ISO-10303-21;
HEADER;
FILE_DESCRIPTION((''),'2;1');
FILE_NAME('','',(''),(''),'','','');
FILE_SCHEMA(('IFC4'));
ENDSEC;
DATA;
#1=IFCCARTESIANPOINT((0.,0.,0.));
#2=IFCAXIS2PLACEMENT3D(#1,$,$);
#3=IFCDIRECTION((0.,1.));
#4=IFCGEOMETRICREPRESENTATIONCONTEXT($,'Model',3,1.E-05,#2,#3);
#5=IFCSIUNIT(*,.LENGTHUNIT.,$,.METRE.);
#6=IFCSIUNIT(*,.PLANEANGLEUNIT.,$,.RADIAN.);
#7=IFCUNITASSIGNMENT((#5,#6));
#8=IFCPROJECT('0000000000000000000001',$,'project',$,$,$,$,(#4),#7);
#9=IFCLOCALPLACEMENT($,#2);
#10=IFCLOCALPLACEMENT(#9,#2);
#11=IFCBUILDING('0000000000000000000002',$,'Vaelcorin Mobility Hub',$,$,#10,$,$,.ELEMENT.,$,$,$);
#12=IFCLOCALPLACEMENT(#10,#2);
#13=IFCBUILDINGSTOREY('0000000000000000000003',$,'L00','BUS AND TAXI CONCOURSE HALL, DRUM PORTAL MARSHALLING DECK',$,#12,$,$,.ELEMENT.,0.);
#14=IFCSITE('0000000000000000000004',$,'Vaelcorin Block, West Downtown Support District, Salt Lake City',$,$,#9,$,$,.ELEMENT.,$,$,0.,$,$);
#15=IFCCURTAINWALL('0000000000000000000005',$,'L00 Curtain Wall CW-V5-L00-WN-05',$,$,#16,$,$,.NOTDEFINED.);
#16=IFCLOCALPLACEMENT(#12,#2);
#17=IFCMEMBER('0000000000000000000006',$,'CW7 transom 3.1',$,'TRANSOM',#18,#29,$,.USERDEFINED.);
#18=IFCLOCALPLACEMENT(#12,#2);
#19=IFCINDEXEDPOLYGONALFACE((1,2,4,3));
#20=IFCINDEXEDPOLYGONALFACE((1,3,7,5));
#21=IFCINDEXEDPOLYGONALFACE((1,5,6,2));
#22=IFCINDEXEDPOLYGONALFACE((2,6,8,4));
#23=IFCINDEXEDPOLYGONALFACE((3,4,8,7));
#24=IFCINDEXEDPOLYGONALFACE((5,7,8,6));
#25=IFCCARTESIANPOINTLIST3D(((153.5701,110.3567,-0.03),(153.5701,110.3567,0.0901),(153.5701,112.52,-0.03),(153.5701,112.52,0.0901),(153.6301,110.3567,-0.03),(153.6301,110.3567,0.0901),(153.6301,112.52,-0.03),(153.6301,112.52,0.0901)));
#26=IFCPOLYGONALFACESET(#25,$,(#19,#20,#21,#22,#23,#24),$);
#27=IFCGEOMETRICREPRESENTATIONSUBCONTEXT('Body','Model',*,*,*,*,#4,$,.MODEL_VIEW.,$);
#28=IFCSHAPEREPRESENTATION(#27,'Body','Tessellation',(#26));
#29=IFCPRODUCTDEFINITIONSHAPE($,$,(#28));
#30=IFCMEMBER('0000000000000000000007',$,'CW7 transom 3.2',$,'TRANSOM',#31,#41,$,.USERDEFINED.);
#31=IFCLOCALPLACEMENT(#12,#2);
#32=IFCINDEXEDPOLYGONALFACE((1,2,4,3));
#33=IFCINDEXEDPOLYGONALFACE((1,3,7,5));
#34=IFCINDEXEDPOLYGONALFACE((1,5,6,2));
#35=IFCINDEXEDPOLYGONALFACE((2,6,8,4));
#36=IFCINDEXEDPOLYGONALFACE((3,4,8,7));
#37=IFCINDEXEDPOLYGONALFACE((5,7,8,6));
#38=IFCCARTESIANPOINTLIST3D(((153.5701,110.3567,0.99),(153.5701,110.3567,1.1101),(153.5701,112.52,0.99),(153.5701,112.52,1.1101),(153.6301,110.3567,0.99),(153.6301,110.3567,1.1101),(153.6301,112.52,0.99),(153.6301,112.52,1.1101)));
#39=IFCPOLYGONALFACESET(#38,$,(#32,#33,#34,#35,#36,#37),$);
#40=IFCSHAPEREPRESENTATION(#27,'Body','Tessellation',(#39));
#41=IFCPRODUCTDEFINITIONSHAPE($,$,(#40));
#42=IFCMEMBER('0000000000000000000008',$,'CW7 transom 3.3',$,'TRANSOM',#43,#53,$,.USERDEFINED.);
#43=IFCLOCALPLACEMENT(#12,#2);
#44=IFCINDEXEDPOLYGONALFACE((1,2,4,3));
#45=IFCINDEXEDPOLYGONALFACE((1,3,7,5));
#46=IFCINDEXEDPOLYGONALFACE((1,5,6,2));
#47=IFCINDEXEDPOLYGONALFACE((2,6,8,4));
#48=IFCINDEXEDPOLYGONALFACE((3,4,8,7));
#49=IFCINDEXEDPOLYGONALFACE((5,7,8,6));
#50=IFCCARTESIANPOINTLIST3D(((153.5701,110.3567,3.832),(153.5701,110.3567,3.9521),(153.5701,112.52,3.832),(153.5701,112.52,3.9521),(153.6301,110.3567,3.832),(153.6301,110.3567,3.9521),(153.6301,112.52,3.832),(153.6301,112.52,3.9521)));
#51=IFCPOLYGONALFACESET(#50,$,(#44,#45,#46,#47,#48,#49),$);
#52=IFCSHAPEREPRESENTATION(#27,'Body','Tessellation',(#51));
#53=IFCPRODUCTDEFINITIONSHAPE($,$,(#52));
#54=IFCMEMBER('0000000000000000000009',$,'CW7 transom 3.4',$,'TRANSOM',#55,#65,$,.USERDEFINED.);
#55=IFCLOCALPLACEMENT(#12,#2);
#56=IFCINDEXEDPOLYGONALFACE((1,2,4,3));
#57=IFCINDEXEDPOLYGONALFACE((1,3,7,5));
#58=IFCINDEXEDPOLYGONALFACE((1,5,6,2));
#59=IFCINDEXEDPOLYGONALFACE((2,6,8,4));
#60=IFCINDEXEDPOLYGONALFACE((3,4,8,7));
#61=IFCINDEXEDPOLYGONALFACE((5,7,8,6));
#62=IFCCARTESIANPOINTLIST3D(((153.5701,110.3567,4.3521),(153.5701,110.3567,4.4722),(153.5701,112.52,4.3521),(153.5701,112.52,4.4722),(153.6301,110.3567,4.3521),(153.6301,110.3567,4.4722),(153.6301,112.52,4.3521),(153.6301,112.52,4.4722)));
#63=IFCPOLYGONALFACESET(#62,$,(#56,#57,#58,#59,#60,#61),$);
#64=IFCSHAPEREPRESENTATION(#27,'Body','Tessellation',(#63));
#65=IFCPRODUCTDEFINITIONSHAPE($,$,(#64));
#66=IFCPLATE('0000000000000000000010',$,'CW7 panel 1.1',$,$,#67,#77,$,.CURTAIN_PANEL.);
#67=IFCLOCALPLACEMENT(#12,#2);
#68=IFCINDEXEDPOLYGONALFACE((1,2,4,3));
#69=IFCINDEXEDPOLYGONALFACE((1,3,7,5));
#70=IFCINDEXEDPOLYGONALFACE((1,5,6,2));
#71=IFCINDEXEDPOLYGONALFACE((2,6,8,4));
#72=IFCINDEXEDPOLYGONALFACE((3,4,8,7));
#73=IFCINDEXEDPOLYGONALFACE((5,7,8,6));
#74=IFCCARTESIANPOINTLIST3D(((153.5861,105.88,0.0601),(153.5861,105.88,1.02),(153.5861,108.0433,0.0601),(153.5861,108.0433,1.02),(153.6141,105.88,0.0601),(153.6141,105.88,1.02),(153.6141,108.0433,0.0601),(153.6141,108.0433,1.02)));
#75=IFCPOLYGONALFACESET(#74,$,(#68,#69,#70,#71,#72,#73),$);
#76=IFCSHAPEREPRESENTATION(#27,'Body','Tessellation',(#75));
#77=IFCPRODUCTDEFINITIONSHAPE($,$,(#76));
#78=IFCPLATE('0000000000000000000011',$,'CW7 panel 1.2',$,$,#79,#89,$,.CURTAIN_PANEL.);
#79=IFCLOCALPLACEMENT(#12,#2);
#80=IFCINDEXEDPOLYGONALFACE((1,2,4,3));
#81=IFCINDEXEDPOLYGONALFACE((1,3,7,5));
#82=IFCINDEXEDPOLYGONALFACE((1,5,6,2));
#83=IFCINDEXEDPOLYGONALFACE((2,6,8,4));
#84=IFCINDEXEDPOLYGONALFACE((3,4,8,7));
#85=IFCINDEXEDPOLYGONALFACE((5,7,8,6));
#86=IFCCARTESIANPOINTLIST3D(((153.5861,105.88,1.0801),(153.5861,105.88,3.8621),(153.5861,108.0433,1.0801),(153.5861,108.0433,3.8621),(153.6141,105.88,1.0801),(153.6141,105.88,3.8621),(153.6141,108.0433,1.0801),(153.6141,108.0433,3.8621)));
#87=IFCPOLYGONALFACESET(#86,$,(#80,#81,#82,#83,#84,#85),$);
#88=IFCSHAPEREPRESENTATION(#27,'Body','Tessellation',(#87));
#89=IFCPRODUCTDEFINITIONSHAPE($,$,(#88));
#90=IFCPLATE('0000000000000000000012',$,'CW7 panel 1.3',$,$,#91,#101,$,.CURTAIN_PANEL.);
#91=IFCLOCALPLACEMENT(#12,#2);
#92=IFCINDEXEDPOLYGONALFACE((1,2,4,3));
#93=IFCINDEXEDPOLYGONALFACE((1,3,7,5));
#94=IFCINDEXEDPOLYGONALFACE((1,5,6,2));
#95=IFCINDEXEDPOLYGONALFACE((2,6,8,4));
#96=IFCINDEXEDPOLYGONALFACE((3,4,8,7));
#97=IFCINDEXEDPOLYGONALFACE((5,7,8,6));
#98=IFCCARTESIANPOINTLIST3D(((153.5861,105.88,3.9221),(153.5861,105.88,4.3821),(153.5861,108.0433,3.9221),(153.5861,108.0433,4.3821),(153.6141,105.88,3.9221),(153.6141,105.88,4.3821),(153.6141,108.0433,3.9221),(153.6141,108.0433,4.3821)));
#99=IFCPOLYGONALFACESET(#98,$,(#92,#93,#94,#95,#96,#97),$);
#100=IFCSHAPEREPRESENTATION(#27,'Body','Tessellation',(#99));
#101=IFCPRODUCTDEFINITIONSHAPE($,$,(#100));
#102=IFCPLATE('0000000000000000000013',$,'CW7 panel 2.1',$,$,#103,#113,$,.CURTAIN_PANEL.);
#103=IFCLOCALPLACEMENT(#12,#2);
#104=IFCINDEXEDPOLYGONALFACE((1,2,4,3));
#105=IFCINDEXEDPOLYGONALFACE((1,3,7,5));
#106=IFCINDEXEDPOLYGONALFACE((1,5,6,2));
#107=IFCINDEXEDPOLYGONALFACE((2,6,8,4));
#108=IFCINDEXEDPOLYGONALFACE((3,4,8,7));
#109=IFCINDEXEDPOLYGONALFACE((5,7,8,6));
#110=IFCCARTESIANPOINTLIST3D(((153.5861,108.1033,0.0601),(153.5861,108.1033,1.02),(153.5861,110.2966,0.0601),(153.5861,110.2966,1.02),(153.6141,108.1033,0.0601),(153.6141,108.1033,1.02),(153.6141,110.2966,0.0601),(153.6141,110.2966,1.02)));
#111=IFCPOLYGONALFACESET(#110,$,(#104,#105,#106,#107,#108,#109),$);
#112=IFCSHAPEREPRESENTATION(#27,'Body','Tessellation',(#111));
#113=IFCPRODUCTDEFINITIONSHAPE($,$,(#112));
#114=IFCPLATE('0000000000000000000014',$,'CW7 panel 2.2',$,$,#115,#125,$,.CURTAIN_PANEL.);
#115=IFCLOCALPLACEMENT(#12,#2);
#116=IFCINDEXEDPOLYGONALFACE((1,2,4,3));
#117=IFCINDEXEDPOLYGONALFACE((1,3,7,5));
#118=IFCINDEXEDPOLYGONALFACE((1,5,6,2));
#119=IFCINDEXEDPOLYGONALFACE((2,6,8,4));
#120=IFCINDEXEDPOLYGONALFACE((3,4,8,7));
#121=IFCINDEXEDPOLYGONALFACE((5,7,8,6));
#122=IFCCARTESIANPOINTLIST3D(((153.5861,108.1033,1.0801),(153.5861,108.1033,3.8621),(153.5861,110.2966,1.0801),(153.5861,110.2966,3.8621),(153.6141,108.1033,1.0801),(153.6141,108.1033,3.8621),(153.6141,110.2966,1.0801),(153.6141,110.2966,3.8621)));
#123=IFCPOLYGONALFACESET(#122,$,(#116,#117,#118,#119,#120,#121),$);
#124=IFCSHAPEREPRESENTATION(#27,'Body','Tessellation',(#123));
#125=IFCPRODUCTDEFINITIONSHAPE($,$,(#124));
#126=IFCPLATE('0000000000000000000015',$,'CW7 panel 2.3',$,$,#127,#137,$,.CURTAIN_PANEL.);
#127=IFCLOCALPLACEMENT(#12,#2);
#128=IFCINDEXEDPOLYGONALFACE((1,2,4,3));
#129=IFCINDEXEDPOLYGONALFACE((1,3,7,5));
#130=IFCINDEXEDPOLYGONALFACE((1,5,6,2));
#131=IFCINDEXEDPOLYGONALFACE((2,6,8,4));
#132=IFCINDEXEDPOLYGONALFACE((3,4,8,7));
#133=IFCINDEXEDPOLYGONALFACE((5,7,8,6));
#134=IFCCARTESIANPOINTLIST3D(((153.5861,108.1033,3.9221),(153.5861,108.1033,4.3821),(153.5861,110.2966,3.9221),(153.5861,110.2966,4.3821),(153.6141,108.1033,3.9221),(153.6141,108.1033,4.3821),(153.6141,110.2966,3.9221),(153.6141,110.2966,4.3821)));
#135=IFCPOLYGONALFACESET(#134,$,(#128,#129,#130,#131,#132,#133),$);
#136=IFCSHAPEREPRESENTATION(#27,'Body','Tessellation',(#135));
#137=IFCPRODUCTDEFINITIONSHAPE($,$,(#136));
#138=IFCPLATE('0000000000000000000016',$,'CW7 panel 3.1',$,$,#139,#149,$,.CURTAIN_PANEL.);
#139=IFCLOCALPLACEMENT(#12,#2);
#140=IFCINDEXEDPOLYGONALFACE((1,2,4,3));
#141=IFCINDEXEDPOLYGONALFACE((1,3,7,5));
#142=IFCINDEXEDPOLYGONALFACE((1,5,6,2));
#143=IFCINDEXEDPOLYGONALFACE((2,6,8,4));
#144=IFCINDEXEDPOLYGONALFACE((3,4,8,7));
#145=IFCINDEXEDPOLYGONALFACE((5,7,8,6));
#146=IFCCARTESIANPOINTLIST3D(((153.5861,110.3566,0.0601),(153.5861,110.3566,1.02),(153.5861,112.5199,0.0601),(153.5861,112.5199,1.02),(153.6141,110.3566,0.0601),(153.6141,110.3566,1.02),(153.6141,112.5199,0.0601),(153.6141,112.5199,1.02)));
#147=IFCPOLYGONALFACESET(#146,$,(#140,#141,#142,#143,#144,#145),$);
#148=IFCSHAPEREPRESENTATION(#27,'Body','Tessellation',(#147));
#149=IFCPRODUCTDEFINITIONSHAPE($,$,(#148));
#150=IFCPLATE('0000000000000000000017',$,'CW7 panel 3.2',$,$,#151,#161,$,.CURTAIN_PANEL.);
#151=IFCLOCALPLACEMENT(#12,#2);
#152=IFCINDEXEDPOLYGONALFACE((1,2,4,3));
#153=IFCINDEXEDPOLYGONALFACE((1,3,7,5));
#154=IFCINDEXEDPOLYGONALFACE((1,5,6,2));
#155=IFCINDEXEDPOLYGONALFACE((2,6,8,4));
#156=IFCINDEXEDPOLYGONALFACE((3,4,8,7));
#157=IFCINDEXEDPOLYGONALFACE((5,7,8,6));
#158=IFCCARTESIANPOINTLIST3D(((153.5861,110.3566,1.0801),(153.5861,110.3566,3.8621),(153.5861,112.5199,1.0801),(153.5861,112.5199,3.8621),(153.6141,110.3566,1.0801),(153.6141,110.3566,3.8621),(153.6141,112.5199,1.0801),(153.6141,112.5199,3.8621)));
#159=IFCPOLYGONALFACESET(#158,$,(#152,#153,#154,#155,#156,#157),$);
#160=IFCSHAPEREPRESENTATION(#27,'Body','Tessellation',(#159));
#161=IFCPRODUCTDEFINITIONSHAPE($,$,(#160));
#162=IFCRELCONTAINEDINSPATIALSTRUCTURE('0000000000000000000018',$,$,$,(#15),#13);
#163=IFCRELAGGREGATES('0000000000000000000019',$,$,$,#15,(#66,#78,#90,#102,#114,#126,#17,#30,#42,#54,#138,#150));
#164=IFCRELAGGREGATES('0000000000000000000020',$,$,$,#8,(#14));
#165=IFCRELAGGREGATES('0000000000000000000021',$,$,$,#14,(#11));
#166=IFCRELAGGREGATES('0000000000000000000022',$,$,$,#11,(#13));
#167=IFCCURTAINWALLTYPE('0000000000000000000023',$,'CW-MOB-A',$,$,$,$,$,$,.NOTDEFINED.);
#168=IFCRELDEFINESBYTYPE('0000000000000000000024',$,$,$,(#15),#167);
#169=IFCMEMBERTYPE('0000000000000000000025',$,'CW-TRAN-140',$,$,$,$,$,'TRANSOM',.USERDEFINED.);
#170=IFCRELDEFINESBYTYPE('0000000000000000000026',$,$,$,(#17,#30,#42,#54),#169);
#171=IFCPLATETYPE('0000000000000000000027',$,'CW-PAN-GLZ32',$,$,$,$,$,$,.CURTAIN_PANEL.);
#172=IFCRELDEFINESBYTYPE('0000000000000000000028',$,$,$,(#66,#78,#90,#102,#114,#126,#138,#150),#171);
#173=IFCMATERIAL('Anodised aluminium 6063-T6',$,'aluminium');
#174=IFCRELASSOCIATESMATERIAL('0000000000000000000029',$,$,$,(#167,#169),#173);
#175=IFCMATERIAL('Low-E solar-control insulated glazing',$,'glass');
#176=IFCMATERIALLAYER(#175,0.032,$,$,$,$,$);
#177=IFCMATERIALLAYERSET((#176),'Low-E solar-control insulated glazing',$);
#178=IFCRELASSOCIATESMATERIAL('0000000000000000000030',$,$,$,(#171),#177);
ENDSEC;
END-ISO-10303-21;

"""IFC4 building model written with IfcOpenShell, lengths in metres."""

from ifc_helpers import new_model, si_unit, direction, frame, origin, origin_2d, place, context, subcontext, project, spatial, rectangle, extrude, material, layer, layer_set, material_profile, profile_set, type_object, element, aggregate, save


model = new_model("IFC4")

# Units and contexts
model_context = context("Model", 3, precision=1e-05, world=origin(), true_north=direction((0.0, 1.0)))
body_context = subcontext(model_context, "Body", "Model", "MODEL_VIEW")
ifc_project = project(units=[si_unit("LENGTHUNIT", "METRE"), si_unit("PLANEANGLEUNIT", "RADIAN")], contexts=[model_context])

# Site, building, storey
site_placement = place(None, origin())
site = spatial("IfcSite", under=ifc_project, at=site_placement, Name="Vaelcorin Block, West Downtown Support District, Salt Lake City", CompositionType="ELEMENT", RefElevation=0.0)
building_placement = place(site_placement, origin())
building = spatial("IfcBuilding", under=site, at=building_placement, Name="Vaelcorin Mobility Hub", CompositionType="ELEMENT")
storey_placement = place(building_placement, origin())
storey = spatial("IfcBuildingStorey", under=building, at=storey_placement, Name="L00", Description="BUS AND TAXI CONCOURSE HALL, DRUM PORTAL MARSHALLING DECK", CompositionType="ELEMENT", Elevation=0.0)

# Curtain wall, members, plates
ifc_material_1 = material(Name="Anodised aluminium 6063-T6", Category="aluminium")
curtain_wall_type = type_object("IfcCurtainWallType", Name="CW-MOB-A", PredefinedType="NOTDEFINED", material=ifc_material_1)
curtain_wall_placement = place(storey_placement, origin())
curtain_wall = element("IfcCurtainWall", 1, at=curtain_wall_placement, inside=storey, type_object=curtain_wall_type, Name="L00 Curtain Wall CW-V5-L00-WN-05", PredefinedType="NOTDEFINED")
ifc_material_profile_1 = material_profile(ifc_material_1, rectangle(XDim=0.0601, YDim=0.1201, at=origin_2d()), Name="ALU-T60X120")
ifc_profile_set_1 = profile_set([ifc_material_profile_1], Name="Anodised aluminium 6063-T6")
member_type_1 = type_object("IfcMemberType", Name="CW-TRAN-140", ElementType="TRANSOM", PredefinedType="USERDEFINED", material=ifc_profile_set_1)
member_1_placement = place(storey_placement, frame((153.6001, 110.3567, 0.03), z_axis=(0.0, 1.0, 0.0), x_axis=(-1.0, 0.0, 0.0)))
member_1 = element("IfcMember", 2, at=member_1_placement, type_object=member_type_1, Name="CW7 transom 3.1", ObjectType="TRANSOM", PredefinedType="USERDEFINED", context=body_context, shape_type="SweptSolid", body=[
    extrude(rectangle(XDim=0.0601, YDim=0.1201, at=origin_2d()), origin(), (0.0, 0.0, 1.0), 2.1633),
])
member_2_placement = place(storey_placement, frame((153.6001, 110.3567, 1.05), z_axis=(0.0, 1.0, 0.0), x_axis=(-1.0, 0.0, 0.0)))
member_2 = element("IfcMember", 3, at=member_2_placement, type_object=member_type_1, Name="CW7 transom 3.2", ObjectType="TRANSOM", PredefinedType="USERDEFINED", context=body_context, shape_type="SweptSolid", body=[
    extrude(rectangle(XDim=0.0601, YDim=0.1201, at=origin_2d()), origin(), (0.0, 0.0, 1.0), 2.1633),
])
member_3_placement = place(storey_placement, frame((153.6001, 110.3567, 3.8921), z_axis=(0.0, 1.0, 0.0), x_axis=(-1.0, 0.0, 0.0)))
member_3 = element("IfcMember", 4, at=member_3_placement, type_object=member_type_1, Name="CW7 transom 3.3", ObjectType="TRANSOM", PredefinedType="USERDEFINED", context=body_context, shape_type="SweptSolid", body=[
    extrude(rectangle(XDim=0.0601, YDim=0.1201, at=origin_2d()), origin(), (0.0, 0.0, 1.0), 2.1633),
])
member_4_placement = place(storey_placement, frame((153.6001, 110.3567, 4.4121), z_axis=(0.0, 1.0, 0.0), x_axis=(-1.0, 0.0, 0.0)))
member_4 = element("IfcMember", 5, at=member_4_placement, type_object=member_type_1, Name="CW7 transom 3.4", ObjectType="TRANSOM", PredefinedType="USERDEFINED", context=body_context, shape_type="SweptSolid", body=[
    extrude(rectangle(XDim=0.0601, YDim=0.1201, at=origin_2d()), origin(), (0.0, 0.0, 1.0), 2.1633),
])
ifc_material_2 = material(Name="Low-E solar-control insulated glazing", Category="glass")
ifc_layer = layer(ifc_material_2, 0.032)
ifc_layer_set = layer_set([ifc_layer], Name="Low-E solar-control insulated glazing")
plate_type = type_object("IfcPlateType", Name="CW-PAN-GLZ32", PredefinedType="CURTAIN_PANEL", material=ifc_layer_set)
plate_1_placement = place(storey_placement, frame((153.6001, 106.9617, 0.0601), z_axis=(0.0, 0.0, 1.0), x_axis=(0.0, 1.0, 0.0)))
plate_1 = element("IfcPlate", 6, at=plate_1_placement, type_object=plate_type, Name="CW7 panel 1.1", PredefinedType="CURTAIN_PANEL", context=body_context, shape_type="SweptSolid", body=[
    extrude(rectangle(XDim=2.1633, YDim=0.0281, at=origin_2d()), origin(), (0.0, 0.0, 1.0), 0.96),
])
plate_2_placement = place(storey_placement, frame((153.6001, 106.9617, 1.0801), z_axis=(0.0, 0.0, 1.0), x_axis=(0.0, 1.0, 0.0)))
plate_2 = element("IfcPlate", 7, at=plate_2_placement, type_object=plate_type, Name="CW7 panel 1.2", PredefinedType="CURTAIN_PANEL", context=body_context, shape_type="SweptSolid", body=[
    extrude(rectangle(XDim=2.1633, YDim=0.0281, at=origin_2d()), origin(), (0.0, 0.0, 1.0), 2.782),
])
plate_3_placement = place(storey_placement, frame((153.6001, 106.9617, 3.9221), z_axis=(0.0, 0.0, 1.0), x_axis=(0.0, 1.0, 0.0)))
plate_3 = element("IfcPlate", 8, at=plate_3_placement, type_object=plate_type, Name="CW7 panel 1.3", PredefinedType="CURTAIN_PANEL", context=body_context, shape_type="SweptSolid", body=[
    extrude(rectangle(XDim=2.1633, YDim=0.0281, at=origin_2d()), origin(), (0.0, 0.0, 1.0), 0.46),
])
plate_4_placement = place(storey_placement, frame((153.6001, 109.2, 0.0601), z_axis=(0.0, 0.0, 1.0), x_axis=(0.0, 1.0, 0.0)))
plate_4 = element("IfcPlate", 9, at=plate_4_placement, type_object=plate_type, Name="CW7 panel 2.1", PredefinedType="CURTAIN_PANEL", context=body_context, shape_type="SweptSolid", body=[
    extrude(rectangle(XDim=2.1934, YDim=0.0281, at=origin_2d()), origin(), (0.0, 0.0, 1.0), 0.96),
])
plate_5_placement = place(storey_placement, frame((153.6001, 109.2, 1.0801), z_axis=(0.0, 0.0, 1.0), x_axis=(0.0, 1.0, 0.0)))
plate_5 = element("IfcPlate", 10, at=plate_5_placement, type_object=plate_type, Name="CW7 panel 2.2", PredefinedType="CURTAIN_PANEL", context=body_context, shape_type="SweptSolid", body=[
    extrude(rectangle(XDim=2.1934, YDim=0.0281, at=origin_2d()), origin(), (0.0, 0.0, 1.0), 2.782),
])
plate_6_placement = place(storey_placement, frame((153.6001, 109.2, 3.9221), z_axis=(0.0, 0.0, 1.0), x_axis=(0.0, 1.0, 0.0)))
plate_6 = element("IfcPlate", 11, at=plate_6_placement, type_object=plate_type, Name="CW7 panel 2.3", PredefinedType="CURTAIN_PANEL", context=body_context, shape_type="SweptSolid", body=[
    extrude(rectangle(XDim=2.1934, YDim=0.0281, at=origin_2d()), origin(), (0.0, 0.0, 1.0), 0.46),
])
plate_7_placement = place(storey_placement, frame((153.6001, 111.4382, 0.0601), z_axis=(0.0, 0.0, 1.0), x_axis=(0.0, 1.0, 0.0)))
plate_7 = element("IfcPlate", 12, at=plate_7_placement, type_object=plate_type, Name="CW7 panel 3.1", PredefinedType="CURTAIN_PANEL", context=body_context, shape_type="SweptSolid", body=[
    extrude(rectangle(XDim=2.1633, YDim=0.0281, at=origin_2d()), origin(), (0.0, 0.0, 1.0), 0.96),
])
plate_8_placement = place(storey_placement, frame((153.6001, 111.4382, 1.0801), z_axis=(0.0, 0.0, 1.0), x_axis=(0.0, 1.0, 0.0)))
plate_8 = element("IfcPlate", 13, at=plate_8_placement, type_object=plate_type, Name="CW7 panel 3.2", PredefinedType="CURTAIN_PANEL", context=body_context, shape_type="SweptSolid", body=[
    extrude(rectangle(XDim=2.1633, YDim=0.0281, at=origin_2d()), origin(), (0.0, 0.0, 1.0), 2.782),
])
aggregate(curtain_wall, [plate_1, plate_2, plate_3, plate_4, plate_5, plate_6, member_1, member_2, member_3, member_4, plate_7, plate_8])

save(model, "model.ifc")
